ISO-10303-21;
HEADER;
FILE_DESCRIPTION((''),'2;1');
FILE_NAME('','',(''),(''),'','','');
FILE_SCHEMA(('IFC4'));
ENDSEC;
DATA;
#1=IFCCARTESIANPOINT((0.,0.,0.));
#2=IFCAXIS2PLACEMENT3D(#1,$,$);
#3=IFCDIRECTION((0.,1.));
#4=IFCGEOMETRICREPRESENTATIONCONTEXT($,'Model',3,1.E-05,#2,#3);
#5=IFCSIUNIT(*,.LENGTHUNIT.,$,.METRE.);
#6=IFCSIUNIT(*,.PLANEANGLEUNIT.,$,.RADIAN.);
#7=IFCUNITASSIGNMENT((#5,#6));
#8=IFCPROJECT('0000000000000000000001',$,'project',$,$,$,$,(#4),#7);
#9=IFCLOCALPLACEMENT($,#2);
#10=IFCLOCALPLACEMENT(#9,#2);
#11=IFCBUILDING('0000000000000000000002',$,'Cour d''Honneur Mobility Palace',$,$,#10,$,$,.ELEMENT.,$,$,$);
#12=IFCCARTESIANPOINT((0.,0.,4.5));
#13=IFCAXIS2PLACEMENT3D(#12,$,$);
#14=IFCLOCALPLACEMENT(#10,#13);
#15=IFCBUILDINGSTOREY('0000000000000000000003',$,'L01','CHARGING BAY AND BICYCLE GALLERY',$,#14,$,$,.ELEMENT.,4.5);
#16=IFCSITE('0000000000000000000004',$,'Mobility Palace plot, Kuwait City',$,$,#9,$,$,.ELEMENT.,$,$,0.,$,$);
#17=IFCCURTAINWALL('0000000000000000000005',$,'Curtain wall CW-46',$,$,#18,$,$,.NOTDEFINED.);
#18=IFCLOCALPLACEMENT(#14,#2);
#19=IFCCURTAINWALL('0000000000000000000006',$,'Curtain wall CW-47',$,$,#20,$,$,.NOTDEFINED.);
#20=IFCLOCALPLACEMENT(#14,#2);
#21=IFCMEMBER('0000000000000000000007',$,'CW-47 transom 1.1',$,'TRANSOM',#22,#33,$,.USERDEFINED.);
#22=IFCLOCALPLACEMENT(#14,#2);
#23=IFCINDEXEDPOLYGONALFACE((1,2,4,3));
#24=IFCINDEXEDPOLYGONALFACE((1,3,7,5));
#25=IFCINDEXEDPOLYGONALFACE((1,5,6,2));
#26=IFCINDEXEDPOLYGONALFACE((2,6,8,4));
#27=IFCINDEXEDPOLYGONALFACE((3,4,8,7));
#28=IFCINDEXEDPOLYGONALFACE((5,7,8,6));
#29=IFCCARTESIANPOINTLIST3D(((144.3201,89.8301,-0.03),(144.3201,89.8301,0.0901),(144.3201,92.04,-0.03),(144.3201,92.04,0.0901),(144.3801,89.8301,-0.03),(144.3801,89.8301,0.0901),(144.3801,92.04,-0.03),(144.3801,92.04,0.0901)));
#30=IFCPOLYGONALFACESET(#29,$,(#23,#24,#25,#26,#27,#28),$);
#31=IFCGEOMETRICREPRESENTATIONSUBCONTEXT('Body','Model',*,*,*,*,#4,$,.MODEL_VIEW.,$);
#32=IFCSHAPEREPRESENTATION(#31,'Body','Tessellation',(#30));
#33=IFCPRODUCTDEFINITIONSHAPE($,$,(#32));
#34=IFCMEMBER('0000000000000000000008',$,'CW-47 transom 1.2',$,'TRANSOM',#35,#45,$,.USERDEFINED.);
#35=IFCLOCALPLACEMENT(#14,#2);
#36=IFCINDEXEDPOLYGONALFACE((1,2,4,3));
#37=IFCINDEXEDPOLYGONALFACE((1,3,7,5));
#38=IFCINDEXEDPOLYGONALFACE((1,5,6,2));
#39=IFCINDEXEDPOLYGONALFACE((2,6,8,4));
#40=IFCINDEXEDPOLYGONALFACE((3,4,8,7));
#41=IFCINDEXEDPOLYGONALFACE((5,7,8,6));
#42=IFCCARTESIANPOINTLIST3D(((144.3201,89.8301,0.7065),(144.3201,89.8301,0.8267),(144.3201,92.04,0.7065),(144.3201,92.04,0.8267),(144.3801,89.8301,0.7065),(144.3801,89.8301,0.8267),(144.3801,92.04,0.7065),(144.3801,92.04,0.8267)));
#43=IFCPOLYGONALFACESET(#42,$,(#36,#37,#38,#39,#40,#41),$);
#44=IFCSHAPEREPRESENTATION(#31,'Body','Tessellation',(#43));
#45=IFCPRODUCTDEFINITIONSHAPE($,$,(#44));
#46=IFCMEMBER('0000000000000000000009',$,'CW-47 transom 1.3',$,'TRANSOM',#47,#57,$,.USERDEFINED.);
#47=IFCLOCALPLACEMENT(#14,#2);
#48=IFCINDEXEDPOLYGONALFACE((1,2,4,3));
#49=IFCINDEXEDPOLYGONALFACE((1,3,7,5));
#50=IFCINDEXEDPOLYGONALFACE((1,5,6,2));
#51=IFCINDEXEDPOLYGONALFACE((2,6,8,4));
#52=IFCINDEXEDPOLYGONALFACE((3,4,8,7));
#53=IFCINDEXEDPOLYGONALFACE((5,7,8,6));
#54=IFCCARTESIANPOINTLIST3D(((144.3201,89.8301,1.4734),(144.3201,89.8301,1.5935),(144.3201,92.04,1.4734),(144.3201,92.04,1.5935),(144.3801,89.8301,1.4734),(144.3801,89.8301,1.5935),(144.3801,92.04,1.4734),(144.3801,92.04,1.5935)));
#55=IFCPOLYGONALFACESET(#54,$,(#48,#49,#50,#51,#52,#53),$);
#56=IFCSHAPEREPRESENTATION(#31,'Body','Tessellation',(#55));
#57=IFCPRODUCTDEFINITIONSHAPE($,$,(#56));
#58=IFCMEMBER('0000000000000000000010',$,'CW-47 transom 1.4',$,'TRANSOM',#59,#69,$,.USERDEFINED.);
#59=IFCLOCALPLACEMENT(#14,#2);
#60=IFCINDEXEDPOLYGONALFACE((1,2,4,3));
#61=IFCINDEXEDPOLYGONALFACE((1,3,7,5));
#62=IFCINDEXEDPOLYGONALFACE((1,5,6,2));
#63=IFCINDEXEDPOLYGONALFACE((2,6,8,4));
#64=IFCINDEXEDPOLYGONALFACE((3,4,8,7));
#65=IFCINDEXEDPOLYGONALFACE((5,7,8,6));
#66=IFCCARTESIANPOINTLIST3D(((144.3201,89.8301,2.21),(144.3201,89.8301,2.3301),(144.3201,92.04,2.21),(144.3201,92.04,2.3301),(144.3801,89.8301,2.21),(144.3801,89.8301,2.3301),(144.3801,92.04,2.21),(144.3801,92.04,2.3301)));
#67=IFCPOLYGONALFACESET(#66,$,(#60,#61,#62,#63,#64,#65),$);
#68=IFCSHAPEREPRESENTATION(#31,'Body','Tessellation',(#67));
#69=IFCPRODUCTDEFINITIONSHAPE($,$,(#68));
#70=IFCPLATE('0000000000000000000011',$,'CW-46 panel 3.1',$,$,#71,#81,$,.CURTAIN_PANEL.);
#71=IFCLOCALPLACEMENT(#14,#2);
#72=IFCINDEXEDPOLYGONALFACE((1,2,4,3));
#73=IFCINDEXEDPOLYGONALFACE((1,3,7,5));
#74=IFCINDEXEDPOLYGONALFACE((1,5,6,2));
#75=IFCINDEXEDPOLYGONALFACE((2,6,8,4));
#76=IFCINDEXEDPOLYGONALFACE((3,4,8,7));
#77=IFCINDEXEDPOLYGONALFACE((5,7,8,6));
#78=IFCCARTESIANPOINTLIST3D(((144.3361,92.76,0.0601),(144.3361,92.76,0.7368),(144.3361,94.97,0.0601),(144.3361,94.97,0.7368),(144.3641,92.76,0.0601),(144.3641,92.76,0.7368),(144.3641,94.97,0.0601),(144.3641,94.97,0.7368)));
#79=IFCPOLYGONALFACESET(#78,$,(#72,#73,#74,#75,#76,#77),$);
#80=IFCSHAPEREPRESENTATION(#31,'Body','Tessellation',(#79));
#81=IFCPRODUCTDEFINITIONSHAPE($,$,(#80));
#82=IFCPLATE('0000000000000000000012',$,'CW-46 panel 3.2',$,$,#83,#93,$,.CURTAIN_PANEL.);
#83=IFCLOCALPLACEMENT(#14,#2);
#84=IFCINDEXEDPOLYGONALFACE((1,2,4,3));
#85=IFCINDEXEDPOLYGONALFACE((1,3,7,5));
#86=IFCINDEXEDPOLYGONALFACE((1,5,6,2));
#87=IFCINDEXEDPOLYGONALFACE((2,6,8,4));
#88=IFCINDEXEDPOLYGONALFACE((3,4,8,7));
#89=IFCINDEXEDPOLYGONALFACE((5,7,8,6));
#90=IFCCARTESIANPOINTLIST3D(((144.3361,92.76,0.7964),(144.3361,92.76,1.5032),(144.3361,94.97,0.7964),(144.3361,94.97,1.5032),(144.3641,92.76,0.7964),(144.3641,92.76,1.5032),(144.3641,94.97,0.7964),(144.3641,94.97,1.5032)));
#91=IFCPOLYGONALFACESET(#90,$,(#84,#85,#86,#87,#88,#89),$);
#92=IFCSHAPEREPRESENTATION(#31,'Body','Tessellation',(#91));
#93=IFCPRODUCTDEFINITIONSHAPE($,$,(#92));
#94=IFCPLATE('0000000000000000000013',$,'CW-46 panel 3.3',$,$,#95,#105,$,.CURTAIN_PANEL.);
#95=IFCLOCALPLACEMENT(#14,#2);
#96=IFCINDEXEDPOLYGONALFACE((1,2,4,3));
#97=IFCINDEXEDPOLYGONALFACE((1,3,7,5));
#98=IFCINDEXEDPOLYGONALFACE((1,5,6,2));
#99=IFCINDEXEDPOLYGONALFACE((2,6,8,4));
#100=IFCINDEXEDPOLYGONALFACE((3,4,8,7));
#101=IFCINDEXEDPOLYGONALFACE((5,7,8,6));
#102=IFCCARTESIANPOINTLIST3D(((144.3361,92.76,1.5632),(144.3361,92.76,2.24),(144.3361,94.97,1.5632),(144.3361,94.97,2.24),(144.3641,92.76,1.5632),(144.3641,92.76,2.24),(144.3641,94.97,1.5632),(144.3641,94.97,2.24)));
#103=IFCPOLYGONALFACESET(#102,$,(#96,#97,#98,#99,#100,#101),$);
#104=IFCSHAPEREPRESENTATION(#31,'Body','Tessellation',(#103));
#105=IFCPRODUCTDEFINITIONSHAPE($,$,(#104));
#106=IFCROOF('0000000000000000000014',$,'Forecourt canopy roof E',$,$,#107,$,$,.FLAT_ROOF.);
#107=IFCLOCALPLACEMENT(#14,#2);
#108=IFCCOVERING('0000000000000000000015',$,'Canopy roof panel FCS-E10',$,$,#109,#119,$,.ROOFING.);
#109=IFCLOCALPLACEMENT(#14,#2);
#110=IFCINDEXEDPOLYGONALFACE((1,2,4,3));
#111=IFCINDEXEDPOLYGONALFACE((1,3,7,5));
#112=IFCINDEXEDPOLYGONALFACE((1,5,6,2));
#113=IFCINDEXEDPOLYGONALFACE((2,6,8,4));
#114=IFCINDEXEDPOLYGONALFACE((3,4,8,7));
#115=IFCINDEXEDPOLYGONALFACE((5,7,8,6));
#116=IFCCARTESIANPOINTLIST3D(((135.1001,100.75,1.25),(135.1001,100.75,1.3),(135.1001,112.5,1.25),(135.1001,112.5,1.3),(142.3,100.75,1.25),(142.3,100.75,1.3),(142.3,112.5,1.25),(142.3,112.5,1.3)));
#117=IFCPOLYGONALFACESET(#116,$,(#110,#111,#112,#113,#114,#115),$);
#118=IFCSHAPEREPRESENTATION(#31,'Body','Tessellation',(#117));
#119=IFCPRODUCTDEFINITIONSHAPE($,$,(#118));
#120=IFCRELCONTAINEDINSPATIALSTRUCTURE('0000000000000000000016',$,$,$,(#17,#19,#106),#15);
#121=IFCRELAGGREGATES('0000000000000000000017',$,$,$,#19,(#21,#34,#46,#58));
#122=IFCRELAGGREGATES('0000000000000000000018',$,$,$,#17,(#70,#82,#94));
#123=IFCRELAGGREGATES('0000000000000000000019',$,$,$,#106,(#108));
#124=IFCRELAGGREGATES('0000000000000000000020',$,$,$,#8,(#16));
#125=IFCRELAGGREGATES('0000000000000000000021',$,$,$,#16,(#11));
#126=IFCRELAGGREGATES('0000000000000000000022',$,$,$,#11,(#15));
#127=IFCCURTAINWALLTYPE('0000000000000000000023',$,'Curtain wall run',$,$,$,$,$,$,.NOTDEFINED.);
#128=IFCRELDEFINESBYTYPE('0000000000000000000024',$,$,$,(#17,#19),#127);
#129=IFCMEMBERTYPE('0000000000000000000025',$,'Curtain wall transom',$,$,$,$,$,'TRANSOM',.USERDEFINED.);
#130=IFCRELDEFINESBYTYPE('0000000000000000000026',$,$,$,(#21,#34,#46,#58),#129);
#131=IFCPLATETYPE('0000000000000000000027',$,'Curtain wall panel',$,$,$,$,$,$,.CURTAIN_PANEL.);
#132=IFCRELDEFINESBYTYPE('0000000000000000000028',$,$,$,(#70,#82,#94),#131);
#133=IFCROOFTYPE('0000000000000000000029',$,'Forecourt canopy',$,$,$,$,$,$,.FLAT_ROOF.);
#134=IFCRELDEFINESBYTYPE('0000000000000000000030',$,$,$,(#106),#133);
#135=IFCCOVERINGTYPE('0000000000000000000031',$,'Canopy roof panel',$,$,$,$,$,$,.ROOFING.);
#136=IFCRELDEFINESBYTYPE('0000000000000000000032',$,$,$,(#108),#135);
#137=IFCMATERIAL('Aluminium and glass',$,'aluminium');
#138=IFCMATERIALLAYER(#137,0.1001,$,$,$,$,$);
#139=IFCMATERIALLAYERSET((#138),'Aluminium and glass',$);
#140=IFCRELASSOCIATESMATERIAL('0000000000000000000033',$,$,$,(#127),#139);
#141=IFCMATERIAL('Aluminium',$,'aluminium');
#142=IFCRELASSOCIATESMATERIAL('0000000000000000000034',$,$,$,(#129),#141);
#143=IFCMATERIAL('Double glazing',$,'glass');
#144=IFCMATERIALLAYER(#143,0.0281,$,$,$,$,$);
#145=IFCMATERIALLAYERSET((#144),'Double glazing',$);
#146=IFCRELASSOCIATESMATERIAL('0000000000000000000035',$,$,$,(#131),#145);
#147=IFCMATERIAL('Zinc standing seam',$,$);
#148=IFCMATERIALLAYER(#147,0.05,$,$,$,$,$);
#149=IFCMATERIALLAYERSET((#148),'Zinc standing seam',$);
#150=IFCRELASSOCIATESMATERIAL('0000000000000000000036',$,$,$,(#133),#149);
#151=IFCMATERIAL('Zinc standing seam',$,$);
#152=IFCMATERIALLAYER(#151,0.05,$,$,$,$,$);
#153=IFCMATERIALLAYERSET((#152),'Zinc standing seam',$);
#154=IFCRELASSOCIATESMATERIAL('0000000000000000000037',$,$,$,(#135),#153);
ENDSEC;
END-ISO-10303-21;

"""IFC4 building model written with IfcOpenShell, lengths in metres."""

from ifc_helpers import new_model, si_unit, direction, frame, origin, origin_2d, place, context, subcontext, project, spatial, polyline, rectangle, outline, extrude, material, layer, layer_set, material_profile, profile_set, type_object, element, aggregate, save


model = new_model("IFC4")

# Units and contexts
model_context = context("Model", 3, precision=1e-05, world=origin(), true_north=direction((0.0, 1.0)))
body_context = subcontext(model_context, "Body", "Model", "MODEL_VIEW")
ifc_project = project(units=[si_unit("LENGTHUNIT", "METRE"), si_unit("PLANEANGLEUNIT", "RADIAN")], contexts=[model_context])

# Site, building, storey
site_placement = place(None, origin())
site = spatial("IfcSite", under=ifc_project, at=site_placement, Name="Mobility Palace plot, Kuwait City", CompositionType="ELEMENT", RefElevation=0.0)
building_placement = place(site_placement, origin())
building = spatial("IfcBuilding", under=site, at=building_placement, Name="Cour d'Honneur Mobility Palace", CompositionType="ELEMENT")
storey_placement = place(building_placement, frame((0.0, 0.0, 4.5)))
storey = spatial("IfcBuildingStorey", under=building, at=storey_placement, Name="L01", Description="CHARGING BAY AND BICYCLE GALLERY", CompositionType="ELEMENT", Elevation=4.5)

# Curtain walls
ifc_material_1 = material(Name="Aluminium and glass", Category="aluminium")
ifc_layer_1 = layer(ifc_material_1, 0.1001)
ifc_layer_set_1 = layer_set([ifc_layer_1], Name="Aluminium and glass")
curtain_wall_type = type_object("IfcCurtainWallType", Name="Curtain wall run", PredefinedType="NOTDEFINED", material=ifc_layer_set_1)
curtain_wall_1_placement = place(storey_placement, origin())
curtain_wall_1 = element("IfcCurtainWall", 1, at=curtain_wall_1_placement, inside=storey, type_object=curtain_wall_type, Name="Curtain wall CW-46", PredefinedType="NOTDEFINED")
curtain_wall_2_placement = place(storey_placement, origin())
curtain_wall_2 = element("IfcCurtainWall", 2, at=curtain_wall_2_placement, inside=storey, type_object=curtain_wall_type, Name="Curtain wall CW-47", PredefinedType="NOTDEFINED")

# Members
ifc_material_2 = material(Name="Aluminium", Category="aluminium")
ifc_material_profile_1 = material_profile(ifc_material_2, rectangle(XDim=0.0601, YDim=0.1201, at=origin_2d()), Name="Curtain wall transom")
ifc_profile_set_1 = profile_set([ifc_material_profile_1], Name="Aluminium")
member_type_1 = type_object("IfcMemberType", Name="Curtain wall transom", ElementType="TRANSOM", PredefinedType="USERDEFINED", material=ifc_profile_set_1)
member_1_placement = place(storey_placement, frame((144.3501, 92.04, 0.03), z_axis=(0.0, -1.0, 0.0), x_axis=(1.0, 0.0, 0.0)))
member_1 = element("IfcMember", 3, at=member_1_placement, type_object=member_type_1, Name="CW-47 transom 1.1", ObjectType="TRANSOM", PredefinedType="USERDEFINED", context=body_context, shape_type="SweptSolid", body=[
    extrude(rectangle(XDim=0.0601, YDim=0.1201, at=origin_2d()), origin(), (0.0, 0.0, 1.0), 2.21),
])
member_2_placement = place(storey_placement, frame((144.3501, 92.04, 0.7666), z_axis=(0.0, -1.0, 0.0), x_axis=(1.0, 0.0, 0.0)))
member_2 = element("IfcMember", 4, at=member_2_placement, type_object=member_type_1, Name="CW-47 transom 1.2", ObjectType="TRANSOM", PredefinedType="USERDEFINED", context=body_context, shape_type="SweptSolid", body=[
    extrude(rectangle(XDim=0.0601, YDim=0.1201, at=origin_2d()), origin(), (0.0, 0.0, 1.0), 2.21),
])
member_3_placement = place(storey_placement, frame((144.3501, 92.04, 1.5334), z_axis=(0.0, -1.0, 0.0), x_axis=(1.0, 0.0, 0.0)))
member_3 = element("IfcMember", 5, at=member_3_placement, type_object=member_type_1, Name="CW-47 transom 1.3", ObjectType="TRANSOM", PredefinedType="USERDEFINED", context=body_context, shape_type="SweptSolid", body=[
    extrude(rectangle(XDim=0.0601, YDim=0.1201, at=origin_2d()), origin(), (0.0, 0.0, 1.0), 2.21),
])
member_4_placement = place(storey_placement, frame((144.3501, 92.04, 2.27), z_axis=(0.0, -1.0, 0.0), x_axis=(1.0, 0.0, 0.0)))
member_4 = element("IfcMember", 6, at=member_4_placement, type_object=member_type_1, Name="CW-47 transom 1.4", ObjectType="TRANSOM", PredefinedType="USERDEFINED", context=body_context, shape_type="SweptSolid", body=[
    extrude(rectangle(XDim=0.0601, YDim=0.1201, at=origin_2d()), origin(), (0.0, 0.0, 1.0), 2.21),
])
aggregate(curtain_wall_2, [member_1, member_2, member_3, member_4])

# Plates
ifc_material_3 = material(Name="Double glazing", Category="glass")
ifc_layer_2 = layer(ifc_material_3, 0.0281)
ifc_layer_set_2 = layer_set([ifc_layer_2], Name="Double glazing")
plate_type = type_object("IfcPlateType", Name="Curtain wall panel", PredefinedType="CURTAIN_PANEL", material=ifc_layer_set_2)
plate_1_placement = place(storey_placement, frame((144.3501, 93.865, 0.0601), z_axis=(0.0, 0.0, 1.0), x_axis=(0.0, -1.0, 0.0)))
plate_1 = element("IfcPlate", 7, at=plate_1_placement, type_object=plate_type, Name="CW-46 panel 3.1", PredefinedType="CURTAIN_PANEL", context=body_context, shape_type="SweptSolid", body=[
    extrude(rectangle(XDim=2.21, YDim=0.0281, at=origin_2d()), origin(), (0.0, 0.0, 1.0), 0.6768),
])
plate_2_placement = place(storey_placement, frame((144.3501, 93.865, 0.7964), z_axis=(0.0, 0.0, 1.0), x_axis=(0.0, -1.0, 0.0)))
plate_2 = element("IfcPlate", 8, at=plate_2_placement, type_object=plate_type, Name="CW-46 panel 3.2", PredefinedType="CURTAIN_PANEL", context=body_context, shape_type="SweptSolid", body=[
    extrude(rectangle(XDim=2.21, YDim=0.0281, at=origin_2d()), origin(), (0.0, 0.0, 1.0), 0.7068),
])
plate_3_placement = place(storey_placement, frame((144.3501, 93.865, 1.5632), z_axis=(0.0, 0.0, 1.0), x_axis=(0.0, -1.0, 0.0)))
plate_3 = element("IfcPlate", 9, at=plate_3_placement, type_object=plate_type, Name="CW-46 panel 3.3", PredefinedType="CURTAIN_PANEL", context=body_context, shape_type="SweptSolid", body=[
    extrude(rectangle(XDim=2.21, YDim=0.0281, at=origin_2d()), origin(), (0.0, 0.0, 1.0), 0.6768),
])
aggregate(curtain_wall_1, [plate_1, plate_2, plate_3])

# Roof, covering
ifc_material_4 = material(Name="Zinc standing seam")
ifc_layer_3 = layer(ifc_material_4, 0.05)
ifc_layer_set_3 = layer_set([ifc_layer_3], Name="Zinc standing seam")
roof_type = type_object("IfcRoofType", Name="Forecourt canopy", PredefinedType="FLAT_ROOF", material=ifc_layer_set_3)
roof_placement = place(storey_placement, origin())
roof = element("IfcRoof", 10, at=roof_placement, inside=storey, type_object=roof_type, Name="Forecourt canopy roof E", PredefinedType="FLAT_ROOF")
ifc_material_5 = material(Name="Zinc standing seam")
ifc_layer_4 = layer(ifc_material_5, 0.05)
ifc_layer_set_4 = layer_set([ifc_layer_4], Name="Zinc standing seam")
covering_type = type_object("IfcCoveringType", Name="Canopy roof panel", PredefinedType="ROOFING", material=ifc_layer_set_4)
covering_placement = place(storey_placement, frame((135.1001, 100.75, 1.3), z_axis=(0.0, 0.0, 1.0), x_axis=(1.0, 0.0, 0.0)))
covering = element("IfcCovering", 11, at=covering_placement, type_object=covering_type, Name="Canopy roof panel FCS-E10", PredefinedType="ROOFING", context=body_context, shape_type="SweptSolid", body=[
    extrude(outline(polyline([(0.0, 0.0), (7.2, 0.0), (7.2, 11.75), (0.0, 11.75), (0.0, 0.0)])), origin(), (0.0, 0.0, -1.0), 0.05),
])
aggregate(roof, [covering])

save(model, "model.ifc")
